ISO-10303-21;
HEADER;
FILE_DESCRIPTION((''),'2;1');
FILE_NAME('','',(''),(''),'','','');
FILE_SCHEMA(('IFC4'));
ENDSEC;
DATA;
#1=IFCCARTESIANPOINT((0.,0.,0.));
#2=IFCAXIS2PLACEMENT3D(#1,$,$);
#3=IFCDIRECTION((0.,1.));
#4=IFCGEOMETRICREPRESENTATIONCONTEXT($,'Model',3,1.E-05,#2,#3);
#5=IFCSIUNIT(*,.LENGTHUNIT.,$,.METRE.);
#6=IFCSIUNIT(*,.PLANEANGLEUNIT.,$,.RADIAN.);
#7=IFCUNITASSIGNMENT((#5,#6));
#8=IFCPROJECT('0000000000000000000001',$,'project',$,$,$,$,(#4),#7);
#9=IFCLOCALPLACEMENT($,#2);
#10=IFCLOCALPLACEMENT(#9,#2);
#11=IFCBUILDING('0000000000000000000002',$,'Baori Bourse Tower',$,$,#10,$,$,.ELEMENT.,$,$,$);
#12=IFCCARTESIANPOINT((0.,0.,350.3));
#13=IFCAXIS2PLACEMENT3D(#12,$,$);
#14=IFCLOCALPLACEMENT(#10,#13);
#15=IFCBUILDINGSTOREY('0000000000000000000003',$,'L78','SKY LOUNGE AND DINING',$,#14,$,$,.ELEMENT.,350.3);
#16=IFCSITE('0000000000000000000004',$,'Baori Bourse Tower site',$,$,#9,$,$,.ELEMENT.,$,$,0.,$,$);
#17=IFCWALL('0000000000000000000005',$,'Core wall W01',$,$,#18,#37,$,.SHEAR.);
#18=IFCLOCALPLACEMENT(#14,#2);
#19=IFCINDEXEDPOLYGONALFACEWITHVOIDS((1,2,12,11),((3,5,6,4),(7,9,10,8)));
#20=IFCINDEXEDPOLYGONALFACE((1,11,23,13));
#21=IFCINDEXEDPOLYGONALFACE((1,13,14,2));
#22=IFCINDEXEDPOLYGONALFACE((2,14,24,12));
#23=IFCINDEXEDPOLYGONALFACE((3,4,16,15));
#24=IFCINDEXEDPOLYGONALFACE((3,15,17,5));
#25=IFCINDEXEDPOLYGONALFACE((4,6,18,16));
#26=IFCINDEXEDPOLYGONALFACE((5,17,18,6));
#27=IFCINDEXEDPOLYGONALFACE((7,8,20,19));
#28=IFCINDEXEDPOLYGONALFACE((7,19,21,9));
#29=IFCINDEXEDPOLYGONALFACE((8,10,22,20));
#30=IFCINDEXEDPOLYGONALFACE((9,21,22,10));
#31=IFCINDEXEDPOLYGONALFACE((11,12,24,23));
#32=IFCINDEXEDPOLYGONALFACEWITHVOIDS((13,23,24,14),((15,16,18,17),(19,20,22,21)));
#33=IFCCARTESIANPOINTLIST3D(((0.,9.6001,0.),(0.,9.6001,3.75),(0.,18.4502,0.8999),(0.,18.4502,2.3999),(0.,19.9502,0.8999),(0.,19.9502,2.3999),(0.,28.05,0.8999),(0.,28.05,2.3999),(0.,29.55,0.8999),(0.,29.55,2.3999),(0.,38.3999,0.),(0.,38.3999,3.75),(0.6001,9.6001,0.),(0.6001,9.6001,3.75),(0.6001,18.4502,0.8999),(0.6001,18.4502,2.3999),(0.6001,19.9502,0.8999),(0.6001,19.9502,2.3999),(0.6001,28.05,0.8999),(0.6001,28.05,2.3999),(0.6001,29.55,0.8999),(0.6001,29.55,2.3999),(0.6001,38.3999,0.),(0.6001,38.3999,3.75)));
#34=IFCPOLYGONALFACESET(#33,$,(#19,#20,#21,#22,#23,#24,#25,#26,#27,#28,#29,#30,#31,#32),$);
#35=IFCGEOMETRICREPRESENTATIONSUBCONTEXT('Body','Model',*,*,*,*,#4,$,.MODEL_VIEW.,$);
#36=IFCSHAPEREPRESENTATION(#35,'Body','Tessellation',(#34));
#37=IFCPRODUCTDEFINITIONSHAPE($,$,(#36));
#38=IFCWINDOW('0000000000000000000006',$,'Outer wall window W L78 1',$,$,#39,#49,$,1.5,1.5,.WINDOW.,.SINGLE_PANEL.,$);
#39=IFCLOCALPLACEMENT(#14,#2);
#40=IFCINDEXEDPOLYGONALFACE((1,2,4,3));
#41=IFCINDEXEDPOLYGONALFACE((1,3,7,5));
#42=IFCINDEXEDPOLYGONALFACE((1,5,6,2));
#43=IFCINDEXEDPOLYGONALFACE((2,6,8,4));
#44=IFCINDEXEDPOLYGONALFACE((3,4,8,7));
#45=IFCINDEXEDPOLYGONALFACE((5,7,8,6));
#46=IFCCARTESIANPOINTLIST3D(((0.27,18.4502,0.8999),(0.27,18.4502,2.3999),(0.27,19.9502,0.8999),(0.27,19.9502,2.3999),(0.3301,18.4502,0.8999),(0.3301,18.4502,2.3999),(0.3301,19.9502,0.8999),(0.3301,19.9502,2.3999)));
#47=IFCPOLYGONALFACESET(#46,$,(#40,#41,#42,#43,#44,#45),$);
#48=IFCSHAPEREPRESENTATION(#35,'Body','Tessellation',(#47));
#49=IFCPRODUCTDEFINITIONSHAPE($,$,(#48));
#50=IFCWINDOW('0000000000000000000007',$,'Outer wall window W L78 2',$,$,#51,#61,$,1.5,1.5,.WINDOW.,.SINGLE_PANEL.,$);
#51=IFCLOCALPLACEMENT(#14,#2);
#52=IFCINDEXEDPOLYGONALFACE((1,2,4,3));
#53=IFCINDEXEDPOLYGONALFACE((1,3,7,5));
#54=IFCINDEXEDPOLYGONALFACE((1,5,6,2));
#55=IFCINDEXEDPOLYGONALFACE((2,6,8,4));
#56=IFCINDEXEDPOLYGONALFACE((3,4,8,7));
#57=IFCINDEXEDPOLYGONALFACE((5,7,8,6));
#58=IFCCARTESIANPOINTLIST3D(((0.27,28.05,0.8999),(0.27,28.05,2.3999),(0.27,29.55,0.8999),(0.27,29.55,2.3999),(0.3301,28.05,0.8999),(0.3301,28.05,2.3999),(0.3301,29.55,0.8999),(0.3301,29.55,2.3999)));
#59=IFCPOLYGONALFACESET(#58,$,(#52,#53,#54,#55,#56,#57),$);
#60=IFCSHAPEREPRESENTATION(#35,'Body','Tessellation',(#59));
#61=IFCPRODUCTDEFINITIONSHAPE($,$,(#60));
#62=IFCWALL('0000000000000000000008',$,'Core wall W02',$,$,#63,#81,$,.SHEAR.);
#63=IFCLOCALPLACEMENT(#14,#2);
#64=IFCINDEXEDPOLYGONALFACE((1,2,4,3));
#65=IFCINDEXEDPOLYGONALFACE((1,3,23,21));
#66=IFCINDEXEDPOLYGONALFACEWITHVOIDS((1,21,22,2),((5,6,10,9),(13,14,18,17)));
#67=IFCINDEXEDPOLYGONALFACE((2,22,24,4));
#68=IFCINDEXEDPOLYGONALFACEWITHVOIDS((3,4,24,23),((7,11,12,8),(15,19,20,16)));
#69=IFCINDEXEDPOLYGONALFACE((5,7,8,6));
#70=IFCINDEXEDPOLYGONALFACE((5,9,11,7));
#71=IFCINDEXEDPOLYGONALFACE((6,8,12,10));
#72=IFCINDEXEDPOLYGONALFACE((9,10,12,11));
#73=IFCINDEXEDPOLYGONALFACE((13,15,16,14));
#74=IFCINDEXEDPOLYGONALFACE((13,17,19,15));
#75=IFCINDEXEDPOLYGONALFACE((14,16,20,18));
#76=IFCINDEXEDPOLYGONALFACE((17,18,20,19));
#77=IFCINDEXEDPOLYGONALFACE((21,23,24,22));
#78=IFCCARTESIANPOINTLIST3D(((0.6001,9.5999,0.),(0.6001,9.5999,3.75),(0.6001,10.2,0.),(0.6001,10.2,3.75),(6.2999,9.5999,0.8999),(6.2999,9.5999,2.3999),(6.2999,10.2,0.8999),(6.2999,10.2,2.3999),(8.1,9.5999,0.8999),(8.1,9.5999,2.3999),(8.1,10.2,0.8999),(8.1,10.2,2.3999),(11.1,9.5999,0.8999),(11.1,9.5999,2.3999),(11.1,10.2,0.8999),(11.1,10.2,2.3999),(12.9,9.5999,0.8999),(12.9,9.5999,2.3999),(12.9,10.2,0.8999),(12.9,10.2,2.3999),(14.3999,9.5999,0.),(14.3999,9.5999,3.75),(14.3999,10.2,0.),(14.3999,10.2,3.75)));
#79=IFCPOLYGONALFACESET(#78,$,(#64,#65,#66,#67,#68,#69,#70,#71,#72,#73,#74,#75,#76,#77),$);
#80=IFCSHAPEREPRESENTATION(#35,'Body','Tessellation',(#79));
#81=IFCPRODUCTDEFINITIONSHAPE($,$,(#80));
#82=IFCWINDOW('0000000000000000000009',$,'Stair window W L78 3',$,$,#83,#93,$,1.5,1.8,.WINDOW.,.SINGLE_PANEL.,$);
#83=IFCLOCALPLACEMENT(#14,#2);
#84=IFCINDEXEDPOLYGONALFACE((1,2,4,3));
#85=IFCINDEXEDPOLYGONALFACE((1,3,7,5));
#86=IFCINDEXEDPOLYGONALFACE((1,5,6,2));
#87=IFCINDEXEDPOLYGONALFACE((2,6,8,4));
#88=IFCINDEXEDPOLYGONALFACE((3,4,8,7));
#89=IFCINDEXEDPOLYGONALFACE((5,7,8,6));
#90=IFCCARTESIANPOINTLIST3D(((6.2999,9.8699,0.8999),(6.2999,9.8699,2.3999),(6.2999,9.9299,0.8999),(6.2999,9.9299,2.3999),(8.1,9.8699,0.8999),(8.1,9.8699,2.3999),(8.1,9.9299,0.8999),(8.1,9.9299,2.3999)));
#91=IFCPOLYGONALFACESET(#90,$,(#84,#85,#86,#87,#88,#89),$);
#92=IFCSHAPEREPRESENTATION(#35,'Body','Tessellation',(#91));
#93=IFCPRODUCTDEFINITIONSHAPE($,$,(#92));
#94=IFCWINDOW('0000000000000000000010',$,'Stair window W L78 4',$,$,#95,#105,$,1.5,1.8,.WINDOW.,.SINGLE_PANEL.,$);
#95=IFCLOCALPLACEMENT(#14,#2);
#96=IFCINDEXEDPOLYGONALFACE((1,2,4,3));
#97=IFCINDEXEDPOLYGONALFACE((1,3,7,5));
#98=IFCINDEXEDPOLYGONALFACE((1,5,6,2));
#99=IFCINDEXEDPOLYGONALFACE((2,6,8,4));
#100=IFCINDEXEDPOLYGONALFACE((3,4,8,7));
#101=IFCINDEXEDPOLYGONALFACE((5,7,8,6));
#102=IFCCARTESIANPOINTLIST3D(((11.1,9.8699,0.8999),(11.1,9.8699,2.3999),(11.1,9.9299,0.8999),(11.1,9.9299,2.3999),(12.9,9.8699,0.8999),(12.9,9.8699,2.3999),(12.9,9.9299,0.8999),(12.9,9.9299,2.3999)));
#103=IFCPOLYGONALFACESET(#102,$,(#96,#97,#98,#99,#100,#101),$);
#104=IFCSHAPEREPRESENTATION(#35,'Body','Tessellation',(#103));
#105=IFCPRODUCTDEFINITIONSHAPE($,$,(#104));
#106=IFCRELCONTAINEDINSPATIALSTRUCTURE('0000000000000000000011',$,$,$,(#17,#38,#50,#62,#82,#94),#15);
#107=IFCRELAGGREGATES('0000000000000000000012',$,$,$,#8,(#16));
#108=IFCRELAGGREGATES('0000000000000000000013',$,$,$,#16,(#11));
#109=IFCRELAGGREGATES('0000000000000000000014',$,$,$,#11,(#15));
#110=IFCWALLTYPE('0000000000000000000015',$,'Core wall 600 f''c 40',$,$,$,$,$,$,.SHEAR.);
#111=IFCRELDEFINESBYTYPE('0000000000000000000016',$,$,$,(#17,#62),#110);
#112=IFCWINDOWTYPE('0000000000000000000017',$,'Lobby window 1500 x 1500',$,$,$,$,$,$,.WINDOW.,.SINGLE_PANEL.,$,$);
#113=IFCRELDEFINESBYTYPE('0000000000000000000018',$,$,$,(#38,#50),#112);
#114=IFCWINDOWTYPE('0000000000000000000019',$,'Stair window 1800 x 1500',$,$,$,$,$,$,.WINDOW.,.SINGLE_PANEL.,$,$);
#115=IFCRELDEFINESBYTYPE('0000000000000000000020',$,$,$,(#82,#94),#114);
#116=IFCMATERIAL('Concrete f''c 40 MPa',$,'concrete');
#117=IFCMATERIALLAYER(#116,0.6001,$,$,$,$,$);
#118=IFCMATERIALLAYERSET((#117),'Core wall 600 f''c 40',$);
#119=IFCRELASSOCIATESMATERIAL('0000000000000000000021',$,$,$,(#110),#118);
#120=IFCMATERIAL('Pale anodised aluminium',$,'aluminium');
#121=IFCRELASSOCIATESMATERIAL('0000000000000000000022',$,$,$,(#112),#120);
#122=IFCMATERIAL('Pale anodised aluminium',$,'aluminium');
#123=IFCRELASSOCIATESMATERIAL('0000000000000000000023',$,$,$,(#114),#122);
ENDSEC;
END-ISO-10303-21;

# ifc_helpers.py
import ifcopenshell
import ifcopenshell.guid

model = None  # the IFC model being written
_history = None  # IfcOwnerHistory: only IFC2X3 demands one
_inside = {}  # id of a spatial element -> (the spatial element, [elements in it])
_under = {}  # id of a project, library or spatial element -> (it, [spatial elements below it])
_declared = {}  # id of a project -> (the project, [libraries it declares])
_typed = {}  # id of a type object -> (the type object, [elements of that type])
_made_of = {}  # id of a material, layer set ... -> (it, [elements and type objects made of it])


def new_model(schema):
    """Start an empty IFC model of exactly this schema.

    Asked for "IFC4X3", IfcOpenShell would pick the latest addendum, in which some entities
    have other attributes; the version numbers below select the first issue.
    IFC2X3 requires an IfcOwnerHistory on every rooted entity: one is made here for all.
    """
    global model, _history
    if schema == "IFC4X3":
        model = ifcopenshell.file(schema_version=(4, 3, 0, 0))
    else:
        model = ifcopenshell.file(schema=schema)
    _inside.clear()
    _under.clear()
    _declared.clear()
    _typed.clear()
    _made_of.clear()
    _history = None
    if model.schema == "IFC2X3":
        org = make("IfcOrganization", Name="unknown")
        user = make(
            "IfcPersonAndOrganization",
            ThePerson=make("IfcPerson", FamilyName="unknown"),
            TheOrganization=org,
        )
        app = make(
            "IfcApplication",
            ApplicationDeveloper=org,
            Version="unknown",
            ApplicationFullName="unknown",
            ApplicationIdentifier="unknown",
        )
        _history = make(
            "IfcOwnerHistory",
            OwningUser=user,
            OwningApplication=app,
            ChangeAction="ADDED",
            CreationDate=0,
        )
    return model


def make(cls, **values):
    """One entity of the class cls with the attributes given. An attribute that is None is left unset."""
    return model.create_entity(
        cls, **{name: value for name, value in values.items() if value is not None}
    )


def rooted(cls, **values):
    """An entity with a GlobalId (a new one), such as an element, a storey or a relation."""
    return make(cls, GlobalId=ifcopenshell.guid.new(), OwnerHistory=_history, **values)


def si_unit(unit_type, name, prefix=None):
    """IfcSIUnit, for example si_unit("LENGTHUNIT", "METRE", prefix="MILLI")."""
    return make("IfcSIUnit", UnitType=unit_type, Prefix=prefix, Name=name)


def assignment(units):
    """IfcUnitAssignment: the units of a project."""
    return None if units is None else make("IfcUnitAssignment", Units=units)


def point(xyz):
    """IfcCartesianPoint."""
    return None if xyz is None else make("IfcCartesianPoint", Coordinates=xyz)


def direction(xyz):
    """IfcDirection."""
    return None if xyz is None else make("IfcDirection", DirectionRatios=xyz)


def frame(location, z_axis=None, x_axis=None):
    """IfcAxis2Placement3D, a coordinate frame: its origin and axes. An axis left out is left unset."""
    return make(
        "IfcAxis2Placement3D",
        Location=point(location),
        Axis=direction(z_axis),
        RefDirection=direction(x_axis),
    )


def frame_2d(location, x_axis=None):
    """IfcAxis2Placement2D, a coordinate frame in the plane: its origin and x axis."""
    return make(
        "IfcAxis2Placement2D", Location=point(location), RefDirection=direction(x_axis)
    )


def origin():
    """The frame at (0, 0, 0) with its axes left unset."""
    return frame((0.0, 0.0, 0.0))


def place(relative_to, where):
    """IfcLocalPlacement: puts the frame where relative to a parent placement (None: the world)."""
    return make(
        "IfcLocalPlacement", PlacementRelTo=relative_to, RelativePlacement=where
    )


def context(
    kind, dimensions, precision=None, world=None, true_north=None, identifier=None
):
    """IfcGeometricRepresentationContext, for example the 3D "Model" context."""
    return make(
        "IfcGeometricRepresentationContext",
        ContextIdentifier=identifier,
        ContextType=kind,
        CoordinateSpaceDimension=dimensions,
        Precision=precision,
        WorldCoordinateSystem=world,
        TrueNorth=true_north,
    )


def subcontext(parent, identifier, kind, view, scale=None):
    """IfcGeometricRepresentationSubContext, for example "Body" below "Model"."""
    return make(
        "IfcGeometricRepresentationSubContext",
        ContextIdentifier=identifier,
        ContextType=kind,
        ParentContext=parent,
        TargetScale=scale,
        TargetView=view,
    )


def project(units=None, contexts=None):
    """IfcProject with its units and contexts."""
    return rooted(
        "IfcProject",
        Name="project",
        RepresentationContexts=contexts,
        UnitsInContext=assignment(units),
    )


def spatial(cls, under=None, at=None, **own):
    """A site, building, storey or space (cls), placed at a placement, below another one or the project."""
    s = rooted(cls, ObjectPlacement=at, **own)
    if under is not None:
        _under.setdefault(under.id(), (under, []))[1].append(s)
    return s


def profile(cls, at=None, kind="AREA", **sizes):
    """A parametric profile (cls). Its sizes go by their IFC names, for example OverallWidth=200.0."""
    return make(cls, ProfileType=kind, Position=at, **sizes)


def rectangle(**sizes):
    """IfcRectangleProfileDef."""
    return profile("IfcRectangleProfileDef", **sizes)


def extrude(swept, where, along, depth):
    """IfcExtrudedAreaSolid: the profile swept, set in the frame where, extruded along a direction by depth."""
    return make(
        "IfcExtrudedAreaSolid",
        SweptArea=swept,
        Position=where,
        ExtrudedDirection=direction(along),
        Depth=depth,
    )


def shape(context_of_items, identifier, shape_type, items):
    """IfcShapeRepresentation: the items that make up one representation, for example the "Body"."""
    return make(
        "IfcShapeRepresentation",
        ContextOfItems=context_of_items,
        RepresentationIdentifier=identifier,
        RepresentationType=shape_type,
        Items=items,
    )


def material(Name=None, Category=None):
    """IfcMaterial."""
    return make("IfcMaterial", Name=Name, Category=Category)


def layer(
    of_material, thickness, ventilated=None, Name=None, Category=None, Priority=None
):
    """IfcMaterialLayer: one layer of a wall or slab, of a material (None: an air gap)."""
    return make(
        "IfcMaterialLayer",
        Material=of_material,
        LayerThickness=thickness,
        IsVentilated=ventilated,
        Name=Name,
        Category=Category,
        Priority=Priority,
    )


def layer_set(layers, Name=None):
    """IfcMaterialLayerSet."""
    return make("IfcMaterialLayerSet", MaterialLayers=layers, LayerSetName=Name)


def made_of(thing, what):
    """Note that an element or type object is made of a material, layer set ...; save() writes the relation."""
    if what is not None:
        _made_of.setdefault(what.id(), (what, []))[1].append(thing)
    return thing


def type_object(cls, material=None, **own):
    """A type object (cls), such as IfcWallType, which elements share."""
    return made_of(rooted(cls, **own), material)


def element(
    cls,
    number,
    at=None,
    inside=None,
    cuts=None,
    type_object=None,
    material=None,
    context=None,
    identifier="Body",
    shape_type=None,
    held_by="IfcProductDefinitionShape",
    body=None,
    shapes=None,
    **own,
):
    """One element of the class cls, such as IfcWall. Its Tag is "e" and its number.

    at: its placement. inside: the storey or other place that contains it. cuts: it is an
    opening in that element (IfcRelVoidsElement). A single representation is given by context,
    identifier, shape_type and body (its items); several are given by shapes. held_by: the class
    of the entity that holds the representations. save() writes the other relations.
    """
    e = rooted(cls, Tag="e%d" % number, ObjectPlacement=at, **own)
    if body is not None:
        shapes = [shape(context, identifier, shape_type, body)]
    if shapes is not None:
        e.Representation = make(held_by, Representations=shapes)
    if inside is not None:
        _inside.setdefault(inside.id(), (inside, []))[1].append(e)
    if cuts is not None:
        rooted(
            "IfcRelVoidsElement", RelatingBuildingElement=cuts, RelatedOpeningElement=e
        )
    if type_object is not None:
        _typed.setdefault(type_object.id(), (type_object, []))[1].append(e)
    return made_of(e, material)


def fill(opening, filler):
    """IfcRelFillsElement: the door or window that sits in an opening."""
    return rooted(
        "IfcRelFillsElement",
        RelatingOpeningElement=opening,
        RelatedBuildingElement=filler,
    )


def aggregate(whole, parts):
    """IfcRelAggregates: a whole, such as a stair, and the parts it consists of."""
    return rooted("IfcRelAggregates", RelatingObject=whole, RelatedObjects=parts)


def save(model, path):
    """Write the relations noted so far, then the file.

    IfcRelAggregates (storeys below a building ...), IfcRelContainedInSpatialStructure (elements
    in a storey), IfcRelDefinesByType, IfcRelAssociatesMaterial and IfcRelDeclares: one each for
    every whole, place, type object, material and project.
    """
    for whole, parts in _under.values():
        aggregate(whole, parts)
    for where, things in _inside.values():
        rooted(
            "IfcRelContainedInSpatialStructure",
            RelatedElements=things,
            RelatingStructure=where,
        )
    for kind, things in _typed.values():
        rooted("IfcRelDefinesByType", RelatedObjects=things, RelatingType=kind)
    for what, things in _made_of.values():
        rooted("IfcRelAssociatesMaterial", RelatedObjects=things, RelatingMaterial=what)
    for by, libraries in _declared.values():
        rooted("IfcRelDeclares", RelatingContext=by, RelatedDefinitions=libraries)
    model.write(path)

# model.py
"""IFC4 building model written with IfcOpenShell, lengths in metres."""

from ifc_helpers import new_model, si_unit, direction, frame, frame_2d, origin, place, context, subcontext, project, spatial, rectangle, extrude, material, layer, layer_set, type_object, element, fill, save


model = new_model("IFC4")

# Units and contexts
model_context = context("Model", 3, precision=1e-05, world=origin(), true_north=direction((0.0, 1.0)))
body_context = subcontext(model_context, "Body", "Model", "MODEL_VIEW")
ifc_project = project(units=[si_unit("LENGTHUNIT", "METRE"), si_unit("PLANEANGLEUNIT", "RADIAN")], contexts=[model_context])

# Site, building, storey
site_placement = place(None, origin())
site = spatial("IfcSite", under=ifc_project, at=site_placement, Name="Baori Bourse Tower site", CompositionType="ELEMENT", RefElevation=0.0)
building_placement = place(site_placement, origin())
building = spatial("IfcBuilding", under=site, at=building_placement, Name="Baori Bourse Tower", CompositionType="ELEMENT")
storey_placement = place(building_placement, frame((0.0, 0.0, 350.3)))
storey = spatial("IfcBuildingStorey", under=building, at=storey_placement, Name="L78", Description="SKY LOUNGE AND DINING", CompositionType="ELEMENT", Elevation=350.3)

# Walls, openings, windows
ifc_material_1 = material(Name="Concrete f'c 40 MPa", Category="concrete")
ifc_layer_1 = layer(ifc_material_1, 0.6001)
ifc_layer_set_1 = layer_set([ifc_layer_1], Name="Core wall 600 f'c 40")
wall_type_1 = type_object("IfcWallType", Name="Core wall 600 f'c 40", PredefinedType="SHEAR", material=ifc_layer_set_1)
wall_1_placement = place(storey_placement, frame((0.3, 9.6001, 0.0), z_axis=(0.0, 0.0, 1.0), x_axis=(0.0, 1.0, 0.0)))
wall_1 = element("IfcWall", 1, at=wall_1_placement, inside=storey, type_object=wall_type_1, Name="Core wall W01", PredefinedType="SHEAR", context=body_context, shape_type="SweptSolid", body=[
    extrude(rectangle(XDim=28.7998, YDim=0.6001, at=frame_2d((14.3999, 0.0))), origin(), (0.0, 0.0, 1.0), 3.75),
])
opening_1_placement = place(wall_1_placement, frame((8.8501, 0.0, 0.8999)))
opening_1 = element("IfcOpeningElement", 2, at=opening_1_placement, cuts=wall_1, PredefinedType="OPENING", context=body_context, shape_type="SweptSolid", body=[
    extrude(rectangle(XDim=1.5, YDim=1.5, at=frame_2d((0.75, 0.75))), frame((0.0, 0.3101, 0.0), z_axis=(0.0, -1.0, 0.0), x_axis=(1.0, 0.0, 0.0)), (0.0, 0.0, 1.0), 0.6201),
])
opening_2_placement = place(wall_1_placement, frame((18.45, 0.0, 0.8999)))
opening_2 = element("IfcOpeningElement", 3, at=opening_2_placement, cuts=wall_1, PredefinedType="OPENING", context=body_context, shape_type="SweptSolid", body=[
    extrude(rectangle(XDim=1.5, YDim=1.5, at=frame_2d((0.75, 0.75))), frame((0.0, 0.3101, 0.0), z_axis=(0.0, -1.0, 0.0), x_axis=(1.0, 0.0, 0.0)), (0.0, 0.0, 1.0), 0.6201),
])
ifc_material_2 = material(Name="Pale anodised aluminium", Category="aluminium")
window_type_1 = type_object("IfcWindowType", Name="Lobby window 1500 x 1500", PartitioningType="SINGLE_PANEL", PredefinedType="WINDOW", material=ifc_material_2)
window_1_placement = place(opening_1_placement, origin())
window_1 = element("IfcWindow", 4, at=window_1_placement, inside=storey, type_object=window_type_1, Name="Outer wall window W L78 1", OverallHeight=1.5, OverallWidth=1.5, PartitioningType="SINGLE_PANEL", PredefinedType="WINDOW", context=body_context, shape_type="SweptSolid", body=[
    extrude(rectangle(XDim=1.5, YDim=1.5, at=frame_2d((0.75, 0.75))), frame((0.0, 0.03, 0.0), z_axis=(0.0, -1.0, 0.0), x_axis=(1.0, 0.0, 0.0)), (0.0, 0.0, 1.0), 0.0601),
])
fill(opening_1, window_1)
window_2_placement = place(opening_2_placement, origin())
window_2 = element("IfcWindow", 5, at=window_2_placement, inside=storey, type_object=window_type_1, Name="Outer wall window W L78 2", OverallHeight=1.5, OverallWidth=1.5, PartitioningType="SINGLE_PANEL", PredefinedType="WINDOW", context=body_context, shape_type="SweptSolid", body=[
    extrude(rectangle(XDim=1.5, YDim=1.5, at=frame_2d((0.75, 0.75))), frame((0.0, 0.03, 0.0), z_axis=(0.0, -1.0, 0.0), x_axis=(1.0, 0.0, 0.0)), (0.0, 0.0, 1.0), 0.0601),
])
fill(opening_2, window_2)
wall_2_placement = place(storey_placement, frame((14.3999, 9.8999, 0.0), z_axis=(0.0, 0.0, 1.0), x_axis=(-1.0, 0.0, 0.0)))
wall_2 = element("IfcWall", 6, at=wall_2_placement, inside=storey, type_object=wall_type_1, Name="Core wall W02", PredefinedType="SHEAR", context=body_context, shape_type="SweptSolid", body=[
    extrude(rectangle(XDim=13.7998, YDim=0.6001, at=frame_2d((6.8999, 0.0))), origin(), (0.0, 0.0, 1.0), 3.75),
])
opening_3_placement = place(wall_2_placement, frame((6.3, 0.0, 0.8999)))
opening_3 = element("IfcOpeningElement", 7, at=opening_3_placement, cuts=wall_2, PredefinedType="OPENING", context=body_context, shape_type="SweptSolid", body=[
    extrude(rectangle(XDim=1.8, YDim=1.5, at=frame_2d((0.8999, 0.75))), frame((0.0, 0.3101, 0.0), z_axis=(0.0, -1.0, 0.0), x_axis=(1.0, 0.0, 0.0)), (0.0, 0.0, 1.0), 0.6201),
])
opening_4_placement = place(wall_2_placement, frame((1.5, 0.0, 0.8999)))
opening_4 = element("IfcOpeningElement", 8, at=opening_4_placement, cuts=wall_2, PredefinedType="OPENING", context=body_context, shape_type="SweptSolid", body=[
    extrude(rectangle(XDim=1.8, YDim=1.5, at=frame_2d((0.8999, 0.75))), frame((0.0, 0.3101, 0.0), z_axis=(0.0, -1.0, 0.0), x_axis=(1.0, 0.0, 0.0)), (0.0, 0.0, 1.0), 0.6201),
])
ifc_material_3 = material(Name="Pale anodised aluminium", Category="aluminium")
window_type_2 = type_object("IfcWindowType", Name="Stair window 1800 x 1500", PartitioningType="SINGLE_PANEL", PredefinedType="WINDOW", material=ifc_material_3)
window_3_placement = place(opening_3_placement, origin())
window_3 = element("IfcWindow", 9, at=window_3_placement, inside=storey, type_object=window_type_2, Name="Stair window W L78 3", OverallHeight=1.5, OverallWidth=1.8, PartitioningType="SINGLE_PANEL", PredefinedType="WINDOW", context=body_context, shape_type="SweptSolid", body=[
    extrude(rectangle(XDim=1.8, YDim=1.5, at=frame_2d((0.8999, 0.75))), frame((0.0, 0.03, 0.0), z_axis=(0.0, -1.0, 0.0), x_axis=(1.0, 0.0, 0.0)), (0.0, 0.0, 1.0), 0.0601),
])
fill(opening_3, window_3)
window_4_placement = place(opening_4_placement, origin())
window_4 = element("IfcWindow", 10, at=window_4_placement, inside=storey, type_object=window_type_2, Name="Stair window W L78 4", OverallHeight=1.5, OverallWidth=1.8, PartitioningType="SINGLE_PANEL", PredefinedType="WINDOW", context=body_context, shape_type="SweptSolid", body=[
    extrude(rectangle(XDim=1.8, YDim=1.5, at=frame_2d((0.8999, 0.75))), frame((0.0, 0.03, 0.0), z_axis=(0.0, -1.0, 0.0), x_axis=(1.0, 0.0, 0.0)), (0.0, 0.0, 1.0), 0.0601),
])
fill(opening_4, window_4)

save(model, "model.ifc")
